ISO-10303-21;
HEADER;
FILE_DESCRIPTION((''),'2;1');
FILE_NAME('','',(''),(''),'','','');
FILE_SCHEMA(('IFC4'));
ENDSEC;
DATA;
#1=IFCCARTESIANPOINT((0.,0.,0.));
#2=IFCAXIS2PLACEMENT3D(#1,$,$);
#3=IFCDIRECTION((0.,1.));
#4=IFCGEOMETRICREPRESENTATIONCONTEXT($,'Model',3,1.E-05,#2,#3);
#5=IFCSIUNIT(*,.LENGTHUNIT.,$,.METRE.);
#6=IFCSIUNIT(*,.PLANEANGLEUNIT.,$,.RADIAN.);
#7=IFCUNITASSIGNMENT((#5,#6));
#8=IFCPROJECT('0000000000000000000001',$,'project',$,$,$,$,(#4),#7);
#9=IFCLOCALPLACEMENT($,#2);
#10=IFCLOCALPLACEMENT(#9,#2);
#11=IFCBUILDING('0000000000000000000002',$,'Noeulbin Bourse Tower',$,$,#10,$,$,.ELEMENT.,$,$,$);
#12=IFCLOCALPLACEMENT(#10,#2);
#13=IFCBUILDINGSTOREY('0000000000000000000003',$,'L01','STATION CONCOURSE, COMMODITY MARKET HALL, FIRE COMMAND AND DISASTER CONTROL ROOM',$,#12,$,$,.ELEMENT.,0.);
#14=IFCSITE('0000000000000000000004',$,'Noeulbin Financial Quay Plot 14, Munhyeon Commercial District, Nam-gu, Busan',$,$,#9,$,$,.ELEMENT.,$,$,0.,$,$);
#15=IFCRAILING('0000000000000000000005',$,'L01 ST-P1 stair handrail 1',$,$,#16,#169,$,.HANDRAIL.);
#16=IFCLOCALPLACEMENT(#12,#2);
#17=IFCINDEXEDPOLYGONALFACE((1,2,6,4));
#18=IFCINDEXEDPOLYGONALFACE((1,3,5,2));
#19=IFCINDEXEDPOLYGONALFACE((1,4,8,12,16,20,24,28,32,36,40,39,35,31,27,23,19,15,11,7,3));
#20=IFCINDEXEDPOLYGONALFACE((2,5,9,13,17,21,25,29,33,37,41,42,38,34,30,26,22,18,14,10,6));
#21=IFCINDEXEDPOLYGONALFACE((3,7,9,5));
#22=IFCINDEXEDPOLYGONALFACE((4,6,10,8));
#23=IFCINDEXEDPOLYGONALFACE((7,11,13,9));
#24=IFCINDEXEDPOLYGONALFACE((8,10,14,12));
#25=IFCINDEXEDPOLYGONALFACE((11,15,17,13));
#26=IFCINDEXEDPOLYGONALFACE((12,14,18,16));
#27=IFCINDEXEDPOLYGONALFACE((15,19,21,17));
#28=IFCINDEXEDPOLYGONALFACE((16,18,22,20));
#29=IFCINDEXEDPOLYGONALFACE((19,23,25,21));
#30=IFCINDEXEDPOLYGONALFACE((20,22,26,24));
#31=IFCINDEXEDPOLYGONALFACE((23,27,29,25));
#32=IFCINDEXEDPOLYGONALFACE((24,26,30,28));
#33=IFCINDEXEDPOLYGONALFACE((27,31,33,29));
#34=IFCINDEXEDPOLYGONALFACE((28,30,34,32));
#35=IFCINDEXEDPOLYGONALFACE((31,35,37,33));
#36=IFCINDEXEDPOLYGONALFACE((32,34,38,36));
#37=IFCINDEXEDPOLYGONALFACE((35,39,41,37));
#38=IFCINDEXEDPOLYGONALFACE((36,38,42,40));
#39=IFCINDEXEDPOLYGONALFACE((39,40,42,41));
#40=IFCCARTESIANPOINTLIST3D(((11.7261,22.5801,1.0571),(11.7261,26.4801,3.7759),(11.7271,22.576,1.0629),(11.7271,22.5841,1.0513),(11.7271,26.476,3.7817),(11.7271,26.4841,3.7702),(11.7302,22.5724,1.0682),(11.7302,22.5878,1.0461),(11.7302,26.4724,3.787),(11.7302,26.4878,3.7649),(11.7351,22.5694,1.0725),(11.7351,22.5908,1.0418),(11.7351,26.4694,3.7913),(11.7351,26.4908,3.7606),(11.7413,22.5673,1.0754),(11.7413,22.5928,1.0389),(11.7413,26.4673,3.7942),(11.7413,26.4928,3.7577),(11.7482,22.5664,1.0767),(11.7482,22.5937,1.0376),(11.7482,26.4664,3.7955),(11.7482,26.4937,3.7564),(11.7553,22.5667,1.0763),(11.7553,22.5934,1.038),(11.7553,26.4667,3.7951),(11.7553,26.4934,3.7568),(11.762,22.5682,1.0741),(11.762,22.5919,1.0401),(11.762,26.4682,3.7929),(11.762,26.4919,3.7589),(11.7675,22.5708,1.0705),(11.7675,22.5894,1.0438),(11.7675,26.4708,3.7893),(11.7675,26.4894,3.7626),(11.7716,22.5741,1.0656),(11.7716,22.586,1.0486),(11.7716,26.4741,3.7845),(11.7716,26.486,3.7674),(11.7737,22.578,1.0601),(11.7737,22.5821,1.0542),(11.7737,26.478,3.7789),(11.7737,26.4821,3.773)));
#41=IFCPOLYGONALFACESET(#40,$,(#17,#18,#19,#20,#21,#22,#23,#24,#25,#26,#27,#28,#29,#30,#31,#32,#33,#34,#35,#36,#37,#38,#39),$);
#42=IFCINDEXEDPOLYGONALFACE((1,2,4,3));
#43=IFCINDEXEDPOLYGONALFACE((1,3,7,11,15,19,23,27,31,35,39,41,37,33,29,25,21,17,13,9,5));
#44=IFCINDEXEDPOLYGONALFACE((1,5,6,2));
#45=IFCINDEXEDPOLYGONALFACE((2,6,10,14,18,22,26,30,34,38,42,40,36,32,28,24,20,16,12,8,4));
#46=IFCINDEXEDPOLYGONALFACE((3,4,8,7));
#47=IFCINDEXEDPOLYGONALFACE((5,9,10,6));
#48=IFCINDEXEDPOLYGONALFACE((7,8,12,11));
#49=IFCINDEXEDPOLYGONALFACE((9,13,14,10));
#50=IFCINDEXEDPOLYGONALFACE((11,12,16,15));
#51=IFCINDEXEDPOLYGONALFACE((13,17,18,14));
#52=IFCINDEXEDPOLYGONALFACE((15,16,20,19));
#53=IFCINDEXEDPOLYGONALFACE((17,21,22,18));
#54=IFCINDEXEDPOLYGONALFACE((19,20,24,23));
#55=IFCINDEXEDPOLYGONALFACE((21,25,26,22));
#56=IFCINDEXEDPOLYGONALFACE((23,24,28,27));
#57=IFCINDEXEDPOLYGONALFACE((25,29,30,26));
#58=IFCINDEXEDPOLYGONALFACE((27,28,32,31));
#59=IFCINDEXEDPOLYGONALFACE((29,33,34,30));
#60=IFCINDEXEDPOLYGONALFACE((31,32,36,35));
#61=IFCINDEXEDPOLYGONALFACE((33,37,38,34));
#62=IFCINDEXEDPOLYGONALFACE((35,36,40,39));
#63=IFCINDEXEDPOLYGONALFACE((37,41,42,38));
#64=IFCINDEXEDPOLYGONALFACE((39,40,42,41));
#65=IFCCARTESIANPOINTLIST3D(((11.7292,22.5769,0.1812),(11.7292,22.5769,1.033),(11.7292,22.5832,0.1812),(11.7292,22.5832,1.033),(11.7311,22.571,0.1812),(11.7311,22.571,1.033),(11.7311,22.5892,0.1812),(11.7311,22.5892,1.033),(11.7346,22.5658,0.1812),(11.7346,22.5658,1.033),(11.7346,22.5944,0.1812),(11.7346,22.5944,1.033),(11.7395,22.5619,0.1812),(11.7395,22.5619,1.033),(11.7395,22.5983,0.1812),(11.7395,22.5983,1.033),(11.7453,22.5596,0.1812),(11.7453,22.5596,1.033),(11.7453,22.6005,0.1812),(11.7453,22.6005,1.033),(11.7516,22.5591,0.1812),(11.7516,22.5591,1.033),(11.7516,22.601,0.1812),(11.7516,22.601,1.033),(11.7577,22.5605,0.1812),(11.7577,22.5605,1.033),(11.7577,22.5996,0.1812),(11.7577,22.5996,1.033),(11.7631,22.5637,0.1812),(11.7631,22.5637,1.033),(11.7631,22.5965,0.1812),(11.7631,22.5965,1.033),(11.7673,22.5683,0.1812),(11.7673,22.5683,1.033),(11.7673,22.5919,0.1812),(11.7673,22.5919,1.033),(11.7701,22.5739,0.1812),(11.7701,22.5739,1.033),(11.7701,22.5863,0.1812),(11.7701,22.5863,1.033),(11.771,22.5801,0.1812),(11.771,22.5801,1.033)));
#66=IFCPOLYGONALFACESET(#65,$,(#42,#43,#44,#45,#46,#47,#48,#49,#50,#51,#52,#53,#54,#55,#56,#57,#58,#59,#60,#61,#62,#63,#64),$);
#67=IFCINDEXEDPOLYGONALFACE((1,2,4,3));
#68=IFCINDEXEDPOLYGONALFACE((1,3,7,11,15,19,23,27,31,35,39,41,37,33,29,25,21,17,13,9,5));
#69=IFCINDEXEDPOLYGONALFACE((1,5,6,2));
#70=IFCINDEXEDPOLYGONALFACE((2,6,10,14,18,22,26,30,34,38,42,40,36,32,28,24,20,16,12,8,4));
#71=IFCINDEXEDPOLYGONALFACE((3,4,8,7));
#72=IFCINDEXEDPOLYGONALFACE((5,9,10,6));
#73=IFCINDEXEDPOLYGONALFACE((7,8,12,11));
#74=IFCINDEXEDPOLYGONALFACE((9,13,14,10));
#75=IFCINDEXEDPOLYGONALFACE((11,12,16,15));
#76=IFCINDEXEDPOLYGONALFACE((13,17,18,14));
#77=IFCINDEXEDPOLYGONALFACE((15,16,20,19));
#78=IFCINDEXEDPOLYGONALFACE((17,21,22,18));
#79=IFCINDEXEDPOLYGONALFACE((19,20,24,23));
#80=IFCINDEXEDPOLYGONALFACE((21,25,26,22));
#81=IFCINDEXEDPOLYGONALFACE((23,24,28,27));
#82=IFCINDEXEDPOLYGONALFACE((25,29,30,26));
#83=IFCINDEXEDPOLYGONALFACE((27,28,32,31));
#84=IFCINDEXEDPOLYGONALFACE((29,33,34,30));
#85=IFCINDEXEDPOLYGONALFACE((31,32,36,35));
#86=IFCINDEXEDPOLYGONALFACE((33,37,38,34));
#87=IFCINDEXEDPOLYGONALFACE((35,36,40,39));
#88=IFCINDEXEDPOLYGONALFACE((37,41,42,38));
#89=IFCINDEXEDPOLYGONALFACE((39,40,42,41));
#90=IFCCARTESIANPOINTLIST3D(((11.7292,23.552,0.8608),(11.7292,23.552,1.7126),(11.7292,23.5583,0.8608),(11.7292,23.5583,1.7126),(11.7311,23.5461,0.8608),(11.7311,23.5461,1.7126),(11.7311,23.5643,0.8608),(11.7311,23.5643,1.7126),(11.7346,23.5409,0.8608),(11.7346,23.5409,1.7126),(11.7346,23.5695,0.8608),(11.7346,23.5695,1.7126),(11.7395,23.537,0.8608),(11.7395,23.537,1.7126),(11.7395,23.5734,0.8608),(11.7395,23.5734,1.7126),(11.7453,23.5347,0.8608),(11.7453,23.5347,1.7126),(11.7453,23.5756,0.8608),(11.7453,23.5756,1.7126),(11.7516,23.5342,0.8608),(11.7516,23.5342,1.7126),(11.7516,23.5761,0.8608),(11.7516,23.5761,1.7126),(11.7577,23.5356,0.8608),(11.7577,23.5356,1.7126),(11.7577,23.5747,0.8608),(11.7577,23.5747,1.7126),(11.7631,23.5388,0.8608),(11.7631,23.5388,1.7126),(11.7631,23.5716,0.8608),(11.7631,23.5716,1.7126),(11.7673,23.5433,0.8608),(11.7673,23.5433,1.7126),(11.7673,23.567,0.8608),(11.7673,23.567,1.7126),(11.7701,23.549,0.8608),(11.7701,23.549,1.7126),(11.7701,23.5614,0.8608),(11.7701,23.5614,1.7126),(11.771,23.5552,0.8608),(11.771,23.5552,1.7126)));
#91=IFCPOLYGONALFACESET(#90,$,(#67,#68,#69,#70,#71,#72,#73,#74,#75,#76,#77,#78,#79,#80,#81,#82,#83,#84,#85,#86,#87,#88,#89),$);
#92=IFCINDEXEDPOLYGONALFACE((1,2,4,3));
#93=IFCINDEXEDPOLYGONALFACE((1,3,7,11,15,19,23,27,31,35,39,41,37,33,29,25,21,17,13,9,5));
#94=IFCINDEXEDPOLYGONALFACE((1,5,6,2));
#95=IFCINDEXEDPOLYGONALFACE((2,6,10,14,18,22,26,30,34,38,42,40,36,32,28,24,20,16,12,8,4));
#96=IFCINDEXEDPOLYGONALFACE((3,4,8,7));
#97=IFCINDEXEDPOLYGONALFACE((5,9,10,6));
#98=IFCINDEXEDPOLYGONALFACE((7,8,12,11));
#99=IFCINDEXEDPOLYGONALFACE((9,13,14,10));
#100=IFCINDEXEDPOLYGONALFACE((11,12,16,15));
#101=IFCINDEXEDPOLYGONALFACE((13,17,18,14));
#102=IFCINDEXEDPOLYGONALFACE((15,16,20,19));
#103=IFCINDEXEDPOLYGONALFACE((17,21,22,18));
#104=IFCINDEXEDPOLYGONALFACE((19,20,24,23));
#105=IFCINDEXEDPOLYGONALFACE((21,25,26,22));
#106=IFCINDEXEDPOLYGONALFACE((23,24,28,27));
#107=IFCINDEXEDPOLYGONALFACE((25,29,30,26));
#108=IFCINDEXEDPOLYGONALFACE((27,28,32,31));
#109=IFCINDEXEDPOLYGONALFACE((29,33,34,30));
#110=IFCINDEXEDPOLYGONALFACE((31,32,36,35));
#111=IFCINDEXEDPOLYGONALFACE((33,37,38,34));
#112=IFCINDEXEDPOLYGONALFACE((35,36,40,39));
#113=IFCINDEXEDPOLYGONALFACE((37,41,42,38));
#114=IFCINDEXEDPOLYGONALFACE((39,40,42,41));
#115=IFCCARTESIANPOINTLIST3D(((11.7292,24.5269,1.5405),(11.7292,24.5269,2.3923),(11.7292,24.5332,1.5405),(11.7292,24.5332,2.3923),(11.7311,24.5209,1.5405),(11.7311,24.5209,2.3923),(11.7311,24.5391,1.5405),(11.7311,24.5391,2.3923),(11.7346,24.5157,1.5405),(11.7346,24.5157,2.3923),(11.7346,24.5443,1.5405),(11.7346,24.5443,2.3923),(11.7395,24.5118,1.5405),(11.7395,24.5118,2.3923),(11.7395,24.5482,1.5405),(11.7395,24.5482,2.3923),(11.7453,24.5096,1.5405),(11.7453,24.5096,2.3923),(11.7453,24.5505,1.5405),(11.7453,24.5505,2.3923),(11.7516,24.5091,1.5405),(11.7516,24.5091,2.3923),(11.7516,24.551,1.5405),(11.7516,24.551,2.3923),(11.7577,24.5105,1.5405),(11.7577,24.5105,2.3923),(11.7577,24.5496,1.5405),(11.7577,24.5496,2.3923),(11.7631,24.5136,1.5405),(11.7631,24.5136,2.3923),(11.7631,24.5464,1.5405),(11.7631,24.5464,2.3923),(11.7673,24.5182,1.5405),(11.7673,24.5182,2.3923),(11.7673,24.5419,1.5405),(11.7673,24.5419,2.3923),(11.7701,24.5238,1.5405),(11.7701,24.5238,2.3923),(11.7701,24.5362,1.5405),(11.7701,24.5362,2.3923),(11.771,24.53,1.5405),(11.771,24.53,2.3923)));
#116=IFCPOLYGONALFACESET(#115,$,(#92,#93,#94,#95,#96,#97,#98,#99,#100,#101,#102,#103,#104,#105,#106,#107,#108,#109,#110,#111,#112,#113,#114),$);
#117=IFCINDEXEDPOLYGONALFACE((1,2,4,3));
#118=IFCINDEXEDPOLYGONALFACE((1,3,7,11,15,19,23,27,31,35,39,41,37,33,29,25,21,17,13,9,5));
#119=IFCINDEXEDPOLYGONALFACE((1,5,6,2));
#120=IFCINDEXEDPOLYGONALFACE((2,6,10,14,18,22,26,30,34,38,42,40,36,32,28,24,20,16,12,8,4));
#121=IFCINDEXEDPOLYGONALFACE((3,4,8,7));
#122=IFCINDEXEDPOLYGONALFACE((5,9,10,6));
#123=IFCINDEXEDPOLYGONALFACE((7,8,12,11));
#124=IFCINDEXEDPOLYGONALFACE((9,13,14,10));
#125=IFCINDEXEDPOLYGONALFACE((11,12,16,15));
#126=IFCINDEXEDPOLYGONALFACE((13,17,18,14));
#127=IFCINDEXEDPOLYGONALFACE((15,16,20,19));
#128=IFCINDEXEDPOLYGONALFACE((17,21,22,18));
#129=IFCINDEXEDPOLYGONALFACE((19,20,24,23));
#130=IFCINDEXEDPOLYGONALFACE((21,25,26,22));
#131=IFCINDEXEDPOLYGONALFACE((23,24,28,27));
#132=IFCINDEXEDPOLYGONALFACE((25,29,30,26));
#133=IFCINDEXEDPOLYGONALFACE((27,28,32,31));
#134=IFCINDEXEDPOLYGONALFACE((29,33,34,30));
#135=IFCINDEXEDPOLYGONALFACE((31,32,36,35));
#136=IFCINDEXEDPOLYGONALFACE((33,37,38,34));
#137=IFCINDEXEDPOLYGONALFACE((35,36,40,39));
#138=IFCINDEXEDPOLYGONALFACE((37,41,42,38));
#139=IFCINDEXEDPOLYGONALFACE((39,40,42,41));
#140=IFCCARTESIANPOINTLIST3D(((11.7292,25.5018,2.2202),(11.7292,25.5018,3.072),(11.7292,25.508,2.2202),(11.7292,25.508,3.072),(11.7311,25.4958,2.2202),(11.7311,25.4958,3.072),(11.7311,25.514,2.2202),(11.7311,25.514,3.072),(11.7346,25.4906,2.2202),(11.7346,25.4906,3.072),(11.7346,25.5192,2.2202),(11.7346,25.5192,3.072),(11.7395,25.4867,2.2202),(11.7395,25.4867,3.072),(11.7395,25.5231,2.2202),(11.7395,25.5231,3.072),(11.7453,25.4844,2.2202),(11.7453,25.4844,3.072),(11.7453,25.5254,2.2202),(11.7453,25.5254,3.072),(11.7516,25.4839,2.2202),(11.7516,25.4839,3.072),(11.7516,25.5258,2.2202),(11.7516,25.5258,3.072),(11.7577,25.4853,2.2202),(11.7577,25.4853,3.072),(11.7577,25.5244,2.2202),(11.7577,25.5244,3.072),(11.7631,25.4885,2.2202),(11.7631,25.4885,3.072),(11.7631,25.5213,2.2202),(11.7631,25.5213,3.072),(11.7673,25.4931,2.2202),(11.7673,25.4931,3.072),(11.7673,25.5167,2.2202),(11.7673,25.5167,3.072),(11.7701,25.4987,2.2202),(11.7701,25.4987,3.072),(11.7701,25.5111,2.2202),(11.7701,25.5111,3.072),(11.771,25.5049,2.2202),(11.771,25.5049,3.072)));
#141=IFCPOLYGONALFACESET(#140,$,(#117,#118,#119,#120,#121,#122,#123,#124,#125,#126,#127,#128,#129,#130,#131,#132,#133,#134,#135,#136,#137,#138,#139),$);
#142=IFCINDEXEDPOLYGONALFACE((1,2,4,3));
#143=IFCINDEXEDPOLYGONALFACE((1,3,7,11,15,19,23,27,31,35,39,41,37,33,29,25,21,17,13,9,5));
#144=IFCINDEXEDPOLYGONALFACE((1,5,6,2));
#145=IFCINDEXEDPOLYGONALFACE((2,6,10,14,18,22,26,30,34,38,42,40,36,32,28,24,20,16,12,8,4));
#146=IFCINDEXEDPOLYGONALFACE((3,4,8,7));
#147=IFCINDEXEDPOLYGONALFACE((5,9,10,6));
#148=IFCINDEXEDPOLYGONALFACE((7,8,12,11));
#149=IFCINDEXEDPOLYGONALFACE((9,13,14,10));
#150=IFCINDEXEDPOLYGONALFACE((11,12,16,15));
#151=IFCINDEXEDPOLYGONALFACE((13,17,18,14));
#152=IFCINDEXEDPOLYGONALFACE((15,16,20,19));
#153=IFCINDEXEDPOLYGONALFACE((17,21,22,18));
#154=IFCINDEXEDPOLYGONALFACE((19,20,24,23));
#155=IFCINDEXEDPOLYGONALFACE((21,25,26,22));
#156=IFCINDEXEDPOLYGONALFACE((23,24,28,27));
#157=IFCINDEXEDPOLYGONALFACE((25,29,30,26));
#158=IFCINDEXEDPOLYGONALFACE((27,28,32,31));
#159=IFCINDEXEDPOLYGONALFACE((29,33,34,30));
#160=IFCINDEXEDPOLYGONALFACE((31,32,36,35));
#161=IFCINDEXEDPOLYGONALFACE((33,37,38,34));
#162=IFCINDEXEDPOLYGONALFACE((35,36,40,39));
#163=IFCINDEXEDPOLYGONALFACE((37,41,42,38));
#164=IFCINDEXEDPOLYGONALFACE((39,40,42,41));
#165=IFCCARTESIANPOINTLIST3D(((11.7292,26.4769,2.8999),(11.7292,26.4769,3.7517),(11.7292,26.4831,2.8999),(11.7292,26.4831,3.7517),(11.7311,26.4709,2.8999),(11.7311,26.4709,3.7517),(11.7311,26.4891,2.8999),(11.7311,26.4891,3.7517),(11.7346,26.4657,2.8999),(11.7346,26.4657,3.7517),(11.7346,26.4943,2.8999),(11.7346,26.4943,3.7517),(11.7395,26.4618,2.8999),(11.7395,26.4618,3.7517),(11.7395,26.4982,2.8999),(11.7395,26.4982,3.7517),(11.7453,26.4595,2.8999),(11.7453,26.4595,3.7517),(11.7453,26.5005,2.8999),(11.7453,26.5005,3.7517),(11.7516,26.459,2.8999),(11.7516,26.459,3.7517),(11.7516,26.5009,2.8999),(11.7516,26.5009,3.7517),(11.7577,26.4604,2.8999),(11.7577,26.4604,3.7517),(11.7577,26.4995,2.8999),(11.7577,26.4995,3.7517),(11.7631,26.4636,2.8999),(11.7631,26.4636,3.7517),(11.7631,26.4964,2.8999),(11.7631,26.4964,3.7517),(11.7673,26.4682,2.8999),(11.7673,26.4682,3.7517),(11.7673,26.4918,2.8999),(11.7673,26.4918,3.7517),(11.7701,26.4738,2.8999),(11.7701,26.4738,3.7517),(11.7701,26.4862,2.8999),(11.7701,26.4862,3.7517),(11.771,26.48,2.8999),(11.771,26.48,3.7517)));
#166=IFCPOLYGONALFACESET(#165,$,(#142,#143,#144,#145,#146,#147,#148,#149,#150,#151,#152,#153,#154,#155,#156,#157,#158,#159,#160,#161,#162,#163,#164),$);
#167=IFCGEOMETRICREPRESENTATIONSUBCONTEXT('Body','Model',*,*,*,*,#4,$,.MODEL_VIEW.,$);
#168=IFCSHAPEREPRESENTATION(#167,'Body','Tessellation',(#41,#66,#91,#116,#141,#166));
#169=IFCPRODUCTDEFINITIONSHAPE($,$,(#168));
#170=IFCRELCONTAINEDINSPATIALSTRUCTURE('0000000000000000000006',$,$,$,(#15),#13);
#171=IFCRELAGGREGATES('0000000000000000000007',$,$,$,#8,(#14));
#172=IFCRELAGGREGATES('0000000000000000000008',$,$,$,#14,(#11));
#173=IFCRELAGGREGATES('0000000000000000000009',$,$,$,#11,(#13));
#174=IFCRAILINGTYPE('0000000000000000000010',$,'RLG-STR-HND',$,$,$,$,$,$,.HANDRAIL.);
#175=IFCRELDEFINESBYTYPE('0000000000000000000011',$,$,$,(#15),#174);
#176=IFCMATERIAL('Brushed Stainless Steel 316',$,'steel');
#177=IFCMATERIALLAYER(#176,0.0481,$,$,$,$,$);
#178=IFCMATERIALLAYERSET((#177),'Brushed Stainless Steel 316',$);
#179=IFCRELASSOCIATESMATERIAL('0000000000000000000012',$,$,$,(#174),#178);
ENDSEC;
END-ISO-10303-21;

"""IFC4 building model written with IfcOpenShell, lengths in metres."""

from ifc_helpers import new_model, si_unit, direction, frame, origin, origin_2d, place, context, subcontext, project, spatial, circle, extrude, material, layer, layer_set, type_object, element, save


model = new_model("IFC4")

# Units and contexts
model_context = context("Model", 3, precision=1e-05, world=origin(), true_north=direction((0.0, 1.0)))
body_context = subcontext(model_context, "Body", "Model", "MODEL_VIEW")
ifc_project = project(units=[si_unit("LENGTHUNIT", "METRE"), si_unit("PLANEANGLEUNIT", "RADIAN")], contexts=[model_context])

# Site, building, storey
site_placement = place(None, origin())
site = spatial("IfcSite", under=ifc_project, at=site_placement, Name="Noeulbin Financial Quay Plot 14, Munhyeon Commercial District, Nam-gu, Busan", CompositionType="ELEMENT", RefElevation=0.0)
building_placement = place(site_placement, origin())
building = spatial("IfcBuilding", under=site, at=building_placement, Name="Noeulbin Bourse Tower", CompositionType="ELEMENT")
storey_placement = place(building_placement, origin())
storey = spatial("IfcBuildingStorey", under=building, at=storey_placement, Name="L01", Description="STATION CONCOURSE, COMMODITY MARKET HALL, FIRE COMMAND AND DISASTER CONTROL ROOM", CompositionType="ELEMENT", Elevation=0.0)

# Railing
ifc_material_1 = material(Name="Brushed Stainless Steel 316", Category="steel")
ifc_layer_1 = layer(ifc_material_1, 0.0481)
ifc_layer_set_1 = layer_set([ifc_layer_1], Name="Brushed Stainless Steel 316")
railing_type_1 = type_object("IfcRailingType", Name="RLG-STR-HND", PredefinedType="HANDRAIL", material=ifc_layer_set_1)
railing_1_placement = place(storey_placement, frame((11.75, 22.5801, 0.1812)))
element("IfcRailing", 1, at=railing_1_placement, inside=storey, type_object=railing_type_1, Name="L01 ST-P1 stair handrail 1", PredefinedType="HANDRAIL", context=body_context, shape_type="SweptSolid", body=[
    extrude(circle(Radius=0.0239, at=origin_2d()), frame((0.0, 0.0, 0.876), z_axis=(0.0, 0.820335, 0.571883), x_axis=(-1.0, 0.0, 0.0)), (0.0, 0.0, 1.0), 4.7542),
    extrude(circle(Radius=0.021, at=origin_2d()), origin(), (0.0, 0.0, 1.0), 0.8518),
    extrude(circle(Radius=0.021, at=origin_2d()), frame((0.0, 0.9751, 0.6797)), (0.0, 0.0, 1.0), 0.8518),
    extrude(circle(Radius=0.021, at=origin_2d()), frame((0.0, 1.95, 1.3594)), (0.0, 0.0, 1.0), 0.8518),
    extrude(circle(Radius=0.021, at=origin_2d()), frame((0.0, 2.9248, 2.0391)), (0.0, 0.0, 1.0), 0.8518),
    extrude(circle(Radius=0.021, at=origin_2d()), frame((0.0, 3.8999, 2.7188)), (0.0, 0.0, 1.0), 0.8518),
])

save(model, "model.ifc")
